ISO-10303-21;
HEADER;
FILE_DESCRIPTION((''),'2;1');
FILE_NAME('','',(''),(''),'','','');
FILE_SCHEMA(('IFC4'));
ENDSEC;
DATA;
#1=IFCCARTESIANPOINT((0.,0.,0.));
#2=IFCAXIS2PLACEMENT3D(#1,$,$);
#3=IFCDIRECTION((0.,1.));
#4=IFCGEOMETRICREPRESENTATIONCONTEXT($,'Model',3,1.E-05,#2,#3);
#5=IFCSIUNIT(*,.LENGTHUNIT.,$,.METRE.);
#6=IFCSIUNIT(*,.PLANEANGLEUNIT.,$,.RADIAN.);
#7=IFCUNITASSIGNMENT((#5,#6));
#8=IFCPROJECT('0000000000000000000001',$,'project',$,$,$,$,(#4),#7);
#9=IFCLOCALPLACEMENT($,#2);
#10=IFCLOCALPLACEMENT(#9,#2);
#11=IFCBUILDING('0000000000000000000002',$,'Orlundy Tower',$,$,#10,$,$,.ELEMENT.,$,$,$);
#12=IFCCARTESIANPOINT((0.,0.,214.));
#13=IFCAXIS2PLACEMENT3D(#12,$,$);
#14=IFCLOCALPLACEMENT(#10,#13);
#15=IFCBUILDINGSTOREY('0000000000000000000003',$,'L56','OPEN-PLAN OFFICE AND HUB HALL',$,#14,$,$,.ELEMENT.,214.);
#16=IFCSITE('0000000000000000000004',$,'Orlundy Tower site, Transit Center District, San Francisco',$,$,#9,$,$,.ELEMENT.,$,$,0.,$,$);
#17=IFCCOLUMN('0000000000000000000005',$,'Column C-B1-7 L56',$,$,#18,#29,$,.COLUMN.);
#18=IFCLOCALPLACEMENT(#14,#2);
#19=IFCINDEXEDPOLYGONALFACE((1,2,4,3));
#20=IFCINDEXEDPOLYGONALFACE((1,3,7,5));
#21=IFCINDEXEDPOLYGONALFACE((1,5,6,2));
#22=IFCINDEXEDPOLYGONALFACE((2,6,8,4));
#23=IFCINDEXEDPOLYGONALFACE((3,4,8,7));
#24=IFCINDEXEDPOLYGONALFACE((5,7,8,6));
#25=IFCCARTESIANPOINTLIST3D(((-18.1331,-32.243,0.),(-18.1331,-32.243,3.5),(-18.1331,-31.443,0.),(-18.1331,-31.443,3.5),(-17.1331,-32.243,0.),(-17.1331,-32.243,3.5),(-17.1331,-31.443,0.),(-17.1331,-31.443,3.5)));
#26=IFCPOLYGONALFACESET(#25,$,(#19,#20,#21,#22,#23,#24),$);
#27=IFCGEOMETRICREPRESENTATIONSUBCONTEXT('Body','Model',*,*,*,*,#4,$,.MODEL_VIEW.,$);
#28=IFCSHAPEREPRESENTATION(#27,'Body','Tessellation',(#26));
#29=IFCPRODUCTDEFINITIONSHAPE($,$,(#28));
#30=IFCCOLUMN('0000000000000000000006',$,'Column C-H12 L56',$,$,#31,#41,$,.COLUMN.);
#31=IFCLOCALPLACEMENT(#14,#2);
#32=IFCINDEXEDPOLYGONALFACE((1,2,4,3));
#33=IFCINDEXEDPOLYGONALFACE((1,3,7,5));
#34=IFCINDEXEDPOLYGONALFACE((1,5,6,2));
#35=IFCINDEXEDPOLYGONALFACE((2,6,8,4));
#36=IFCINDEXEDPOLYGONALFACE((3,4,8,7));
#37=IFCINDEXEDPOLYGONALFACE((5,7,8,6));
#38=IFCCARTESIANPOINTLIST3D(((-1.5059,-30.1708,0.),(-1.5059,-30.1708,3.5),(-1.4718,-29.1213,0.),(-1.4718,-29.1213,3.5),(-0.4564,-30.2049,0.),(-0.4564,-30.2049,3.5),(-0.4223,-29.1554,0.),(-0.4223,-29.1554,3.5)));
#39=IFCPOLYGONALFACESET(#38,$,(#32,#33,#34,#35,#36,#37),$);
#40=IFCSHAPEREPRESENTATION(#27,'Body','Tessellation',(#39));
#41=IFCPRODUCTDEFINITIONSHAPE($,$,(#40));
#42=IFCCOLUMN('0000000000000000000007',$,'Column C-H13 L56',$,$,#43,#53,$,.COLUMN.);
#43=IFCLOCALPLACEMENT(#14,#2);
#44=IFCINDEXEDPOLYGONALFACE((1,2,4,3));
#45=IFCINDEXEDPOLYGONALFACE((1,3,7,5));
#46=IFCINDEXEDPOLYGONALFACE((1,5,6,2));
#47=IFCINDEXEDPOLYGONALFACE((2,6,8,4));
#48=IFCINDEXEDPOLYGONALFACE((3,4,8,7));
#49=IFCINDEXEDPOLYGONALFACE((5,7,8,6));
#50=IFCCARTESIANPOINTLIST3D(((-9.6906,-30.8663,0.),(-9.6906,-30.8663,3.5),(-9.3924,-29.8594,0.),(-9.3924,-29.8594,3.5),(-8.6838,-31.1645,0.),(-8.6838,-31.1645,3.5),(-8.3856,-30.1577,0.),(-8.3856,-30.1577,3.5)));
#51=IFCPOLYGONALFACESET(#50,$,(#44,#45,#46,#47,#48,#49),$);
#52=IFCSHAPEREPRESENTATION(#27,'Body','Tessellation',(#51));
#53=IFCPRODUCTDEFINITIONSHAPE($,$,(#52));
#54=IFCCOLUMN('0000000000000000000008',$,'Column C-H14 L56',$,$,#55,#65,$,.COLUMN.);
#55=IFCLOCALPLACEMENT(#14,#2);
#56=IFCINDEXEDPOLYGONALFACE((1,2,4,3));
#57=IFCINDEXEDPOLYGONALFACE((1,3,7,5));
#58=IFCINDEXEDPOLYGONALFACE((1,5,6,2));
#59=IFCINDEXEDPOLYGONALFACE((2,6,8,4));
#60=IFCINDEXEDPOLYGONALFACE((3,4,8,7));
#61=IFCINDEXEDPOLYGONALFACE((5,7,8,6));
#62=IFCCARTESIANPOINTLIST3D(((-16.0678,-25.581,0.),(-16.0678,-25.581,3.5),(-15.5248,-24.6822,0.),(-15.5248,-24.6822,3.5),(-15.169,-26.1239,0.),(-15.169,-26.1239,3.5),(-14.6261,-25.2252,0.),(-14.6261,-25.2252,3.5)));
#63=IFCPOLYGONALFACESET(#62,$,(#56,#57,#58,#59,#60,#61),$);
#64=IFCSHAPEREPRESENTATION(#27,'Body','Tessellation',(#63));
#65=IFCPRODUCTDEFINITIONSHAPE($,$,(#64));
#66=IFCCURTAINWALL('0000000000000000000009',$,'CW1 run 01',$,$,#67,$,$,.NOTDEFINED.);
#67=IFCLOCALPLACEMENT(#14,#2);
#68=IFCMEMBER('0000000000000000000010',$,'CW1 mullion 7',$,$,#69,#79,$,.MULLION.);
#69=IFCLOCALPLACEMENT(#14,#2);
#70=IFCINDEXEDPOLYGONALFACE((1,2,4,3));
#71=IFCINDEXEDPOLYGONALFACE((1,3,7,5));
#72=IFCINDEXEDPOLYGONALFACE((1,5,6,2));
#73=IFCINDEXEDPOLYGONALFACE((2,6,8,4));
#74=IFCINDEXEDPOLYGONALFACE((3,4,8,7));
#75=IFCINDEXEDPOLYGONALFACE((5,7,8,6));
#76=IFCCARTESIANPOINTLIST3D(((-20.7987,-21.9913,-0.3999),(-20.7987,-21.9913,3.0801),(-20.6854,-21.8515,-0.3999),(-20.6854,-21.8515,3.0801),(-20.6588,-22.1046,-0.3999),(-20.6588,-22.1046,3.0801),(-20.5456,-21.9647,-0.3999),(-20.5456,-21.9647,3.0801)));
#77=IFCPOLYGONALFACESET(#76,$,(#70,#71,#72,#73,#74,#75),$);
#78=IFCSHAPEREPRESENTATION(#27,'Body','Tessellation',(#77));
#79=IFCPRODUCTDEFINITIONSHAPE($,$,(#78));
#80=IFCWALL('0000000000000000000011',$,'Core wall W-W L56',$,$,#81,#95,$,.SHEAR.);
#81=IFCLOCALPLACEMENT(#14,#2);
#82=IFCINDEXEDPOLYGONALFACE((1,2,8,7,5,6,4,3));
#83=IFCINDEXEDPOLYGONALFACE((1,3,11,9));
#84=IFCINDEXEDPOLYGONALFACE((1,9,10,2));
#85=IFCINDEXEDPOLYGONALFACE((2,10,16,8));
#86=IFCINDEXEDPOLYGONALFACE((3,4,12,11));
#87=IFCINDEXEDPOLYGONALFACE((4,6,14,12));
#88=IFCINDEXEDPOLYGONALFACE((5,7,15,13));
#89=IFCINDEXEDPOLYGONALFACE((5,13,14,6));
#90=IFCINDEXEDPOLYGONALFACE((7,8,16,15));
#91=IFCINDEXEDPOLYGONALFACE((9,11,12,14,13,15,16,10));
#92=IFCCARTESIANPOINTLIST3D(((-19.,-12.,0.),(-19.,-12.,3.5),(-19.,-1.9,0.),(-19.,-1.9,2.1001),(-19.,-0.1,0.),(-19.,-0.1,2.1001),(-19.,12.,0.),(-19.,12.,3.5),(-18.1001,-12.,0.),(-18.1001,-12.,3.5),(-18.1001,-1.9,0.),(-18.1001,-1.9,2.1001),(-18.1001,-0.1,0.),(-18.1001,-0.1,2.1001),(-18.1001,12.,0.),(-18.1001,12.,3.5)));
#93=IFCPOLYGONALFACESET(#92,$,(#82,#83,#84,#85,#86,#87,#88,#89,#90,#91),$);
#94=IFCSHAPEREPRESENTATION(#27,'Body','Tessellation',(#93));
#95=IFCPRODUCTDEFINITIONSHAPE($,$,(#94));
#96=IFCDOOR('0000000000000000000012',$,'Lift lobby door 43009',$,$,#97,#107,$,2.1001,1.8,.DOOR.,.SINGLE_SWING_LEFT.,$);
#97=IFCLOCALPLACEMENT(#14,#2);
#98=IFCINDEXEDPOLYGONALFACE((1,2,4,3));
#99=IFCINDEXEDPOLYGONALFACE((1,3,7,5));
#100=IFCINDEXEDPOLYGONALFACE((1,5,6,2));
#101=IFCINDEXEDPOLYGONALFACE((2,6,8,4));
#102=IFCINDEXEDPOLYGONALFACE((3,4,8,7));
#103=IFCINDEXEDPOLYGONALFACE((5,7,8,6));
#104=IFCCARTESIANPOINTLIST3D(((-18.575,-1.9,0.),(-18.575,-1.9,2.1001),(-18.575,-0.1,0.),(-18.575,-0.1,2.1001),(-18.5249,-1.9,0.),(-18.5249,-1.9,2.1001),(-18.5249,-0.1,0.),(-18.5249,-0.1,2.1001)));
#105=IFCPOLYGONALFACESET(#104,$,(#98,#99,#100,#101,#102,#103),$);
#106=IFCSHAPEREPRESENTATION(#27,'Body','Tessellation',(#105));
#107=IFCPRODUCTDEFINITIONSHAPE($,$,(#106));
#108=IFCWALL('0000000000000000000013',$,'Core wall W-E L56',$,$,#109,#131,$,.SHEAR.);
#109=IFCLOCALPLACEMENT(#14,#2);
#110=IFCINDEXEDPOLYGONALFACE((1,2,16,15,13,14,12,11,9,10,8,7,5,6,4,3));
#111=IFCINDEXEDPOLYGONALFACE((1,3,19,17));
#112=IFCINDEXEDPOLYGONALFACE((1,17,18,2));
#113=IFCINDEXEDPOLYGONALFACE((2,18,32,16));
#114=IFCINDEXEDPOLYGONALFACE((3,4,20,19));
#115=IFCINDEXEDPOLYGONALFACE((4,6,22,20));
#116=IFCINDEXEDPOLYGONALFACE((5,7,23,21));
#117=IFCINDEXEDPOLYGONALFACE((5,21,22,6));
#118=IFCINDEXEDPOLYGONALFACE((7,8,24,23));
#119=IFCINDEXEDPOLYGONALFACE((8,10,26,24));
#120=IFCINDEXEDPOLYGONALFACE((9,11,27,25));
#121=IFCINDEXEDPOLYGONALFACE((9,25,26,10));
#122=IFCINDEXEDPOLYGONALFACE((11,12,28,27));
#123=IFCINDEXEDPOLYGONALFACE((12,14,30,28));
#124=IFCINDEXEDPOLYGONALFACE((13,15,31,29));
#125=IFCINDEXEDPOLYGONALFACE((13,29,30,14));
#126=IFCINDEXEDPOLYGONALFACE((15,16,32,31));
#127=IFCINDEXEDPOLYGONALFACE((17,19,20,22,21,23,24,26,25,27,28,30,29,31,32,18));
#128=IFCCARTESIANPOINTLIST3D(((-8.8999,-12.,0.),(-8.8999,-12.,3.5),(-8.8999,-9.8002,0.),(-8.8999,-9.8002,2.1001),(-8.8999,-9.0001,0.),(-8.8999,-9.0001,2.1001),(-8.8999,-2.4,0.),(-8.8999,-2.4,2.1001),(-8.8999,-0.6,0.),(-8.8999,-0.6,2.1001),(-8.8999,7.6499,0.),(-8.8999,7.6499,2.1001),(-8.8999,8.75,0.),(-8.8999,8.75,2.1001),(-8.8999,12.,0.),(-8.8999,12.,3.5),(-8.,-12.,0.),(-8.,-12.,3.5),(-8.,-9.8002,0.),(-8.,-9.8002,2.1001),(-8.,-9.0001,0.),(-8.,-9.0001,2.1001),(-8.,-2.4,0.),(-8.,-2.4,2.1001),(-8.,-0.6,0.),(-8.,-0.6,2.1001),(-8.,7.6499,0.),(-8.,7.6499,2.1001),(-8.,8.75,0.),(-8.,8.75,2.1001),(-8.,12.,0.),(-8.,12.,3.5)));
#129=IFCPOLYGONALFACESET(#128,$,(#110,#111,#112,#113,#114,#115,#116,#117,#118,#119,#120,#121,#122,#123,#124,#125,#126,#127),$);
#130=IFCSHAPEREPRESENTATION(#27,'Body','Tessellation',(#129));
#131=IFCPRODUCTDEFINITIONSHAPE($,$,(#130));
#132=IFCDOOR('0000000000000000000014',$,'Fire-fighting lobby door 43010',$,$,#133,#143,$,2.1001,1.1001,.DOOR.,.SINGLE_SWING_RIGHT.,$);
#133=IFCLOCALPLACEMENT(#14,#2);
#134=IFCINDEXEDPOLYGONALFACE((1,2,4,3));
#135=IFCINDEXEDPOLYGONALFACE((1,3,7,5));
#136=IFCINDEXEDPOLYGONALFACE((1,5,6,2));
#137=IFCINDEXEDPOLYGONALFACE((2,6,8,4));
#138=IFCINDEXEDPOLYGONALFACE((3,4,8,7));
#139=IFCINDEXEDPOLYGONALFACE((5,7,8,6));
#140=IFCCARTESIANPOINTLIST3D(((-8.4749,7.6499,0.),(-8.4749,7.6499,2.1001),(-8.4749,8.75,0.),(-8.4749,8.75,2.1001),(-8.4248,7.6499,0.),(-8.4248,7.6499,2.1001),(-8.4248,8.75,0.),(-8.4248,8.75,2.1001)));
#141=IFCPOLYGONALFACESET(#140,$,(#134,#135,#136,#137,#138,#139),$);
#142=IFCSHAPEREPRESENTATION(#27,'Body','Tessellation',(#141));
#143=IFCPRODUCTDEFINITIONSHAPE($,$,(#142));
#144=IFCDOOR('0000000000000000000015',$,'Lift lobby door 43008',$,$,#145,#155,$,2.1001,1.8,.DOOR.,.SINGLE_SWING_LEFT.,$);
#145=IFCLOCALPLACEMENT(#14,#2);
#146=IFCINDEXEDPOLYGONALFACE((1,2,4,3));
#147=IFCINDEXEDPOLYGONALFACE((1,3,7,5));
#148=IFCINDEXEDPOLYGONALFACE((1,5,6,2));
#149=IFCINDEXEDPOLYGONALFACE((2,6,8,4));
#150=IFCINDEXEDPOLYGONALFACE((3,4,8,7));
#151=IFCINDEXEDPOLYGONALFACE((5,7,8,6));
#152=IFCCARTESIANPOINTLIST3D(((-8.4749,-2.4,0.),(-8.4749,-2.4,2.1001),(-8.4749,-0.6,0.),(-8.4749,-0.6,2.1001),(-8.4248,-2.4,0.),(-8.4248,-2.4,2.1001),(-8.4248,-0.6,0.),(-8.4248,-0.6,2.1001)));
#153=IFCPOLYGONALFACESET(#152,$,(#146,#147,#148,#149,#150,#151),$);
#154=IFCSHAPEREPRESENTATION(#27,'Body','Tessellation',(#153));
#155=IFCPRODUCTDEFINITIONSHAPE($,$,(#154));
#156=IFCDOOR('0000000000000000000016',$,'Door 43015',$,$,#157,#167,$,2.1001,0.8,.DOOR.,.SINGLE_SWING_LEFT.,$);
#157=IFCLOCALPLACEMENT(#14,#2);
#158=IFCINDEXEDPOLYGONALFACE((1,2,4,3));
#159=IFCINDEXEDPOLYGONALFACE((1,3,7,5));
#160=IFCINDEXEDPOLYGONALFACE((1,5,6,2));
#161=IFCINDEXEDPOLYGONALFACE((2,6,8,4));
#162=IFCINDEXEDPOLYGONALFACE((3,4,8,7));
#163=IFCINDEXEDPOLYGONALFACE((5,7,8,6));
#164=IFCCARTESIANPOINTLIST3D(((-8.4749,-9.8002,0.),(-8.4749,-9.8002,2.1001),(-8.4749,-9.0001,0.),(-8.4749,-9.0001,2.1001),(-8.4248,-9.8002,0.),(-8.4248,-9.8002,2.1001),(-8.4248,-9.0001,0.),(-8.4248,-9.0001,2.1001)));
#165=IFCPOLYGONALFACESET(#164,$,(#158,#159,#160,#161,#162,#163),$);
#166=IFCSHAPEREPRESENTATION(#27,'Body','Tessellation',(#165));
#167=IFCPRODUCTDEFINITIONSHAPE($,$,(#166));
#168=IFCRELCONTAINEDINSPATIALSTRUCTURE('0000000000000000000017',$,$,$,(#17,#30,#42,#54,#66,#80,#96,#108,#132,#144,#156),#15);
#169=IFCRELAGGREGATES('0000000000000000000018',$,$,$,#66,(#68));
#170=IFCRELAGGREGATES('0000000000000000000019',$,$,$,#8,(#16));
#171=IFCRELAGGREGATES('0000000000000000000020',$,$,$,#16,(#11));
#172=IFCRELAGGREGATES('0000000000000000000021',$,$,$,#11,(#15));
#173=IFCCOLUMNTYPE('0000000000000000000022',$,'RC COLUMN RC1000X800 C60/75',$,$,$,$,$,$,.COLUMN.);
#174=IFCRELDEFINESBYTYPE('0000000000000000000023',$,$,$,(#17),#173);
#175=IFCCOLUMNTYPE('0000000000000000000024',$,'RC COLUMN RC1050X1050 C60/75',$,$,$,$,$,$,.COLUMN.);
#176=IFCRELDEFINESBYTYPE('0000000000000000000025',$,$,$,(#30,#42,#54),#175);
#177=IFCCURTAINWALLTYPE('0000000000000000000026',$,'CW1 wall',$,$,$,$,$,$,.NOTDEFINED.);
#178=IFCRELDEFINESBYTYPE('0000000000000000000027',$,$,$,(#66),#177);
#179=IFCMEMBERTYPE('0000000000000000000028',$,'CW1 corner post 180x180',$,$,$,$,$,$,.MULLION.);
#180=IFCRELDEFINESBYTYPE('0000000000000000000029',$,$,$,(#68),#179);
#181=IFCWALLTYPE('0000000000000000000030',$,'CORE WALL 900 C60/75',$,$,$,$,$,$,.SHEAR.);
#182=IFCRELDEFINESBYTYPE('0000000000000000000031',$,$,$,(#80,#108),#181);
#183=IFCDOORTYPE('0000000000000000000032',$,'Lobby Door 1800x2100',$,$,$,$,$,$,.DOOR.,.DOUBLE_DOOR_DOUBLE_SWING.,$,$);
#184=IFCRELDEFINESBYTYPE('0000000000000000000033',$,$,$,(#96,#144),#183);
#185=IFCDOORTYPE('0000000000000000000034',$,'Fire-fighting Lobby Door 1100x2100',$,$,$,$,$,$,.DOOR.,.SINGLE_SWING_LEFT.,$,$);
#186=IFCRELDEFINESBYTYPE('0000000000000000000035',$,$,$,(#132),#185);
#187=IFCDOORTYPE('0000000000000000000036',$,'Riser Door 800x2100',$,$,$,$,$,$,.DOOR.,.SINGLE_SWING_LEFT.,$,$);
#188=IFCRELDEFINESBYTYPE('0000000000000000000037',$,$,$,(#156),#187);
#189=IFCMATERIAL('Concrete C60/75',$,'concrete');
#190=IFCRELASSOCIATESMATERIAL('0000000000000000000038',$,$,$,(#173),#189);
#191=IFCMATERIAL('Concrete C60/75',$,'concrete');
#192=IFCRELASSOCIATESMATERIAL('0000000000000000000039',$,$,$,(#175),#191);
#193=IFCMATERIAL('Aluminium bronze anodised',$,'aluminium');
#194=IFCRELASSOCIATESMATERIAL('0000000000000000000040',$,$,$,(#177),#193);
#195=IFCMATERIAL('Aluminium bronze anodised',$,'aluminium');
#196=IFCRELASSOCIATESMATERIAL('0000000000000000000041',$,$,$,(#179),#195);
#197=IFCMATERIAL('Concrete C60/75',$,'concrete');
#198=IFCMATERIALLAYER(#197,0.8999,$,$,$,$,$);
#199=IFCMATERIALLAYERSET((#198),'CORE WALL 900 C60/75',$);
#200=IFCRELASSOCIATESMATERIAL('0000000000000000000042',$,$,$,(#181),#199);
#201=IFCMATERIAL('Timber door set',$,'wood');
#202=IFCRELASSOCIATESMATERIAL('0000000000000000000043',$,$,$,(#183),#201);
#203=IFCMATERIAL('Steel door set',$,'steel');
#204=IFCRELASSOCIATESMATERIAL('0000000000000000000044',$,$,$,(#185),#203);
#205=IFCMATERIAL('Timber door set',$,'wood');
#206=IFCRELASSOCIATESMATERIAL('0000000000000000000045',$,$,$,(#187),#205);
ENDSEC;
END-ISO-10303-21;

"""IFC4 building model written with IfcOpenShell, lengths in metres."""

from ifc_helpers import new_model, si_unit, direction, frame, frame_2d, origin, origin_2d, place, context, subcontext, project, spatial, rectangle, extrude, material, layer, layer_set, material_profile, profile_set, type_object, element, fill, aggregate, save


model = new_model("IFC4")

# Units and contexts
model_context = context("Model", 3, precision=1e-05, world=origin(), true_north=direction((0.0, 1.0)))
body_context = subcontext(model_context, "Body", "Model", "MODEL_VIEW")
ifc_project = project(units=[si_unit("LENGTHUNIT", "METRE"), si_unit("PLANEANGLEUNIT", "RADIAN")], contexts=[model_context])

# Site, building, storey
site_placement = place(None, origin())
site = spatial("IfcSite", under=ifc_project, at=site_placement, Name="Orlundy Tower site, Transit Center District, San Francisco", CompositionType="ELEMENT", RefElevation=0.0)
building_placement = place(site_placement, origin())
building = spatial("IfcBuilding", under=site, at=building_placement, Name="Orlundy Tower", CompositionType="ELEMENT")
storey_placement = place(building_placement, frame((0.0, 0.0, 214.0)))
storey = spatial("IfcBuildingStorey", under=building, at=storey_placement, Name="L56", Description="OPEN-PLAN OFFICE AND HUB HALL", CompositionType="ELEMENT", Elevation=214.0)

# Columns
ifc_material_1 = material(Name="Concrete C60/75", Category="concrete")
ifc_material_profile_1 = material_profile(ifc_material_1, rectangle(XDim=1.0, YDim=0.8, at=origin_2d()), Name="RC1000X800")
ifc_profile_set_1 = profile_set([ifc_material_profile_1], Name="Concrete C60/75")
column_type_1 = type_object("IfcColumnType", Name="RC COLUMN RC1000X800 C60/75", PredefinedType="COLUMN", material=ifc_profile_set_1)
column_placement = place(storey_placement, frame((-17.6331, -31.843, 0.0), z_axis=(0.0, 0.0, 1.0), x_axis=(1.0, 0.0, 0.0)))
element("IfcColumn", 1, at=column_placement, inside=storey, type_object=column_type_1, Name="Column C-B1-7 L56", PredefinedType="COLUMN", context=body_context, shape_type="SweptSolid", body=[
    extrude(rectangle(XDim=1.0, YDim=0.8, at=origin_2d()), origin(), (0.0, 0.0, 1.0), 3.5),
])
ifc_material_2 = material(Name="Concrete C60/75", Category="concrete")
ifc_material_profile_2 = material_profile(ifc_material_2, rectangle(XDim=1.05, YDim=1.05, at=origin_2d()), Name="RC1050X1050")
ifc_profile_set_2 = profile_set([ifc_material_profile_2], Name="Concrete C60/75")
column_type_2 = type_object("IfcColumnType", Name="RC COLUMN RC1050X1050 C60/75", PredefinedType="COLUMN", material=ifc_profile_set_2)
for number, where, z_axis, x_axis, name in (
    (2, (-0.9641, -29.6631, 0.0), (0.0, 0.0, 1.0), (-0.032475, -0.999473, 0.0), "Column C-H12 L56"),
    (3, (-9.0381, -30.512, 0.0), (0.0, 0.0, 1.0), (-0.284015, -0.95882, 0.0), "Column C-H13 L56"),
    (4, (-15.3469, -25.4031, 0.0), (0.0, 0.0, 1.0), (-0.517101, -0.855924, 0.0), "Column C-H14 L56"),
):
    element("IfcColumn", number, at=place(storey_placement, frame(where, z_axis=z_axis, x_axis=x_axis)), inside=storey, type_object=column_type_2, Name=name, PredefinedType="COLUMN", context=body_context, shape_type="SweptSolid", body=[
        extrude(rectangle(XDim=1.05, YDim=1.05, at=origin_2d()), origin(), (0.0, 0.0, 1.0), 3.5),
    ])

# Curtain wall, member
ifc_material_3 = material(Name="Aluminium bronze anodised", Category="aluminium")
curtain_wall_type = type_object("IfcCurtainWallType", Name="CW1 wall", PredefinedType="NOTDEFINED", material=ifc_material_3)
curtain_wall_placement = place(storey_placement, origin())
curtain_wall = element("IfcCurtainWall", 5, at=curtain_wall_placement, inside=storey, type_object=curtain_wall_type, Name="CW1 run 01", PredefinedType="NOTDEFINED")
ifc_material_4 = material(Name="Aluminium bronze anodised", Category="aluminium")
ifc_material_profile_3 = material_profile(ifc_material_4, rectangle(XDim=0.1799, YDim=0.1799, at=origin_2d()), Name="CW1 corner post 180x180")
ifc_profile_set_3 = profile_set([ifc_material_profile_3], Name="Aluminium bronze anodised")
member_type = type_object("IfcMemberType", Name="CW1 corner post 180x180", PredefinedType="MULLION", material=ifc_profile_set_3)
member_placement = place(storey_placement, frame((-20.6721, -21.978, -0.3999), z_axis=(0.0, 0.0, 1.0), x_axis=(-0.629283, -0.777177, 0.0)))
member = element("IfcMember", 6, at=member_placement, type_object=member_type, Name="CW1 mullion 7", PredefinedType="MULLION", context=body_context, shape_type="SweptSolid", body=[
    extrude(rectangle(XDim=0.1799, YDim=0.1799, at=origin_2d()), origin(), (0.0, 0.0, 1.0), 3.48),
])
aggregate(curtain_wall, [member])

# Wall, opening, door
ifc_material_5 = material(Name="Concrete C60/75", Category="concrete")
ifc_layer_1 = layer(ifc_material_5, 0.8999)
ifc_layer_set_1 = layer_set([ifc_layer_1], Name="CORE WALL 900 C60/75")
wall_type_1 = type_object("IfcWallType", Name="CORE WALL 900 C60/75", PredefinedType="SHEAR", material=ifc_layer_set_1)
wall_1_placement = place(storey_placement, frame((-18.55, -12.0, 0.0), z_axis=(0.0, 0.0, 1.0), x_axis=(0.0, 1.0, 0.0)))
wall_1 = element("IfcWall", 7, at=wall_1_placement, inside=storey, type_object=wall_type_1, Name="Core wall W-W L56", PredefinedType="SHEAR", context=body_context, shape_type="SweptSolid", body=[
    extrude(rectangle(XDim=24.0, YDim=0.8999, at=frame_2d((12.0, 0.0))), origin(), (0.0, 0.0, 1.0), 3.5),
])
opening_1_placement = place(wall_1_placement, frame((10.1001, 0.0, 0.0)))
opening_1 = element("IfcOpeningElement", 8, at=opening_1_placement, cuts=wall_1, PredefinedType="OPENING", context=body_context, shape_type="SweptSolid", body=[
    extrude(rectangle(XDim=1.8, YDim=2.1001, at=frame_2d((0.8999, 1.05))), frame((0.0, 0.46, 0.0), z_axis=(0.0, -1.0, 0.0), x_axis=(1.0, 0.0, 0.0)), (0.0, 0.0, 1.0), 0.9199),
])
ifc_material_6 = material(Name="Timber door set", Category="wood")
door_type_1 = type_object("IfcDoorType", Name="Lobby Door 1800x2100", OperationType="DOUBLE_DOOR_DOUBLE_SWING", PredefinedType="DOOR", material=ifc_material_6)
door_1_placement = place(opening_1_placement, origin())
door_1 = element("IfcDoor", 9, at=door_1_placement, inside=storey, type_object=door_type_1, Name="Lift lobby door 43009", OperationType="SINGLE_SWING_LEFT", OverallHeight=2.1001, OverallWidth=1.8, PredefinedType="DOOR", context=body_context, shape_type="SweptSolid", body=[
    extrude(rectangle(XDim=1.8, YDim=2.1001, at=frame_2d((0.8999, 1.05))), frame((0.0, 0.0249, 0.0), z_axis=(0.0, -1.0, 0.0), x_axis=(1.0, 0.0, 0.0)), (0.0, 0.0, 1.0), 0.05),
])
fill(opening_1, door_1)

# Wall, openings, doors
wall_2_placement = place(storey_placement, frame((-8.45, -12.0, 0.0), z_axis=(0.0, 0.0, 1.0), x_axis=(0.0, 1.0, 0.0)))
wall_2 = element("IfcWall", 10, at=wall_2_placement, inside=storey, type_object=wall_type_1, Name="Core wall W-E L56", PredefinedType="SHEAR", context=body_context, shape_type="SweptSolid", body=[
    extrude(rectangle(XDim=24.0, YDim=0.8999, at=frame_2d((12.0, 0.0))), origin(), (0.0, 0.0, 1.0), 3.5),
])
opening_2_placement = place(wall_2_placement, frame((9.6001, 0.0, 0.0)))
opening_2 = element("IfcOpeningElement", 11, at=opening_2_placement, cuts=wall_2, PredefinedType="OPENING", context=body_context, shape_type="SweptSolid", body=[
    extrude(rectangle(XDim=1.8, YDim=2.1001, at=frame_2d((0.8999, 1.05))), frame((0.0, 0.46, 0.0), z_axis=(0.0, -1.0, 0.0), x_axis=(1.0, 0.0, 0.0)), (0.0, 0.0, 1.0), 0.9199),
])
opening_3_placement = place(wall_2_placement, frame((19.6499, 0.0, 0.0)))
opening_3 = element("IfcOpeningElement", 12, at=opening_3_placement, cuts=wall_2, PredefinedType="OPENING", context=body_context, shape_type="SweptSolid", body=[
    extrude(rectangle(XDim=1.1001, YDim=2.1001, at=frame_2d((0.55, 1.05))), frame((0.0, 0.46, 0.0), z_axis=(0.0, -1.0, 0.0), x_axis=(1.0, 0.0, 0.0)), (0.0, 0.0, 1.0), 0.9199),
])
opening_4_placement = place(wall_2_placement, frame((2.2, 0.0, 0.0)))
opening_4 = element("IfcOpeningElement", 13, at=opening_4_placement, cuts=wall_2, PredefinedType="OPENING", context=body_context, shape_type="SweptSolid", body=[
    extrude(rectangle(XDim=0.8, YDim=2.1001, at=frame_2d((0.3999, 1.05))), frame((0.0, 0.46, 0.0), z_axis=(0.0, -1.0, 0.0), x_axis=(1.0, 0.0, 0.0)), (0.0, 0.0, 1.0), 0.9199),
])
ifc_material_7 = material(Name="Steel door set", Category="steel")
door_type_2 = type_object("IfcDoorType", Name="Fire-fighting Lobby Door 1100x2100", OperationType="SINGLE_SWING_LEFT", PredefinedType="DOOR", material=ifc_material_7)
door_2_placement = place(opening_3_placement, origin())
door_2 = element("IfcDoor", 14, at=door_2_placement, inside=storey, type_object=door_type_2, Name="Fire-fighting lobby door 43010", OperationType="SINGLE_SWING_RIGHT", OverallHeight=2.1001, OverallWidth=1.1001, PredefinedType="DOOR", context=body_context, shape_type="SweptSolid", body=[
    extrude(rectangle(XDim=1.1001, YDim=2.1001, at=frame_2d((0.55, 1.05))), frame((0.0, 0.0249, 0.0), z_axis=(0.0, -1.0, 0.0), x_axis=(1.0, 0.0, 0.0)), (0.0, 0.0, 1.0), 0.05),
])
fill(opening_3, door_2)
door_3_placement = place(opening_2_placement, origin())
door_3 = element("IfcDoor", 15, at=door_3_placement, inside=storey, type_object=door_type_1, Name="Lift lobby door 43008", OperationType="SINGLE_SWING_LEFT", OverallHeight=2.1001, OverallWidth=1.8, PredefinedType="DOOR", context=body_context, shape_type="SweptSolid", body=[
    extrude(rectangle(XDim=1.8, YDim=2.1001, at=frame_2d((0.8999, 1.05))), frame((0.0, 0.0249, 0.0), z_axis=(0.0, -1.0, 0.0), x_axis=(1.0, 0.0, 0.0)), (0.0, 0.0, 1.0), 0.05),
])
fill(opening_2, door_3)
ifc_material_8 = material(Name="Timber door set", Category="wood")
door_type_3 = type_object("IfcDoorType", Name="Riser Door 800x2100", OperationType="SINGLE_SWING_LEFT", PredefinedType="DOOR", material=ifc_material_8)
door_4_placement = place(opening_4_placement, origin())
door_4 = element("IfcDoor", 16, at=door_4_placement, inside=storey, type_object=door_type_3, Name="Door 43015", OperationType="SINGLE_SWING_LEFT", OverallHeight=2.1001, OverallWidth=0.8, PredefinedType="DOOR", context=body_context, shape_type="SweptSolid", body=[
    extrude(rectangle(XDim=0.8, YDim=2.1001, at=frame_2d((0.3999, 1.05))), frame((0.0, 0.0249, 0.0), z_axis=(0.0, -1.0, 0.0), x_axis=(1.0, 0.0, 0.0)), (0.0, 0.0, 1.0), 0.05),
])
fill(opening_4, door_4)

save(model, "model.ifc")
